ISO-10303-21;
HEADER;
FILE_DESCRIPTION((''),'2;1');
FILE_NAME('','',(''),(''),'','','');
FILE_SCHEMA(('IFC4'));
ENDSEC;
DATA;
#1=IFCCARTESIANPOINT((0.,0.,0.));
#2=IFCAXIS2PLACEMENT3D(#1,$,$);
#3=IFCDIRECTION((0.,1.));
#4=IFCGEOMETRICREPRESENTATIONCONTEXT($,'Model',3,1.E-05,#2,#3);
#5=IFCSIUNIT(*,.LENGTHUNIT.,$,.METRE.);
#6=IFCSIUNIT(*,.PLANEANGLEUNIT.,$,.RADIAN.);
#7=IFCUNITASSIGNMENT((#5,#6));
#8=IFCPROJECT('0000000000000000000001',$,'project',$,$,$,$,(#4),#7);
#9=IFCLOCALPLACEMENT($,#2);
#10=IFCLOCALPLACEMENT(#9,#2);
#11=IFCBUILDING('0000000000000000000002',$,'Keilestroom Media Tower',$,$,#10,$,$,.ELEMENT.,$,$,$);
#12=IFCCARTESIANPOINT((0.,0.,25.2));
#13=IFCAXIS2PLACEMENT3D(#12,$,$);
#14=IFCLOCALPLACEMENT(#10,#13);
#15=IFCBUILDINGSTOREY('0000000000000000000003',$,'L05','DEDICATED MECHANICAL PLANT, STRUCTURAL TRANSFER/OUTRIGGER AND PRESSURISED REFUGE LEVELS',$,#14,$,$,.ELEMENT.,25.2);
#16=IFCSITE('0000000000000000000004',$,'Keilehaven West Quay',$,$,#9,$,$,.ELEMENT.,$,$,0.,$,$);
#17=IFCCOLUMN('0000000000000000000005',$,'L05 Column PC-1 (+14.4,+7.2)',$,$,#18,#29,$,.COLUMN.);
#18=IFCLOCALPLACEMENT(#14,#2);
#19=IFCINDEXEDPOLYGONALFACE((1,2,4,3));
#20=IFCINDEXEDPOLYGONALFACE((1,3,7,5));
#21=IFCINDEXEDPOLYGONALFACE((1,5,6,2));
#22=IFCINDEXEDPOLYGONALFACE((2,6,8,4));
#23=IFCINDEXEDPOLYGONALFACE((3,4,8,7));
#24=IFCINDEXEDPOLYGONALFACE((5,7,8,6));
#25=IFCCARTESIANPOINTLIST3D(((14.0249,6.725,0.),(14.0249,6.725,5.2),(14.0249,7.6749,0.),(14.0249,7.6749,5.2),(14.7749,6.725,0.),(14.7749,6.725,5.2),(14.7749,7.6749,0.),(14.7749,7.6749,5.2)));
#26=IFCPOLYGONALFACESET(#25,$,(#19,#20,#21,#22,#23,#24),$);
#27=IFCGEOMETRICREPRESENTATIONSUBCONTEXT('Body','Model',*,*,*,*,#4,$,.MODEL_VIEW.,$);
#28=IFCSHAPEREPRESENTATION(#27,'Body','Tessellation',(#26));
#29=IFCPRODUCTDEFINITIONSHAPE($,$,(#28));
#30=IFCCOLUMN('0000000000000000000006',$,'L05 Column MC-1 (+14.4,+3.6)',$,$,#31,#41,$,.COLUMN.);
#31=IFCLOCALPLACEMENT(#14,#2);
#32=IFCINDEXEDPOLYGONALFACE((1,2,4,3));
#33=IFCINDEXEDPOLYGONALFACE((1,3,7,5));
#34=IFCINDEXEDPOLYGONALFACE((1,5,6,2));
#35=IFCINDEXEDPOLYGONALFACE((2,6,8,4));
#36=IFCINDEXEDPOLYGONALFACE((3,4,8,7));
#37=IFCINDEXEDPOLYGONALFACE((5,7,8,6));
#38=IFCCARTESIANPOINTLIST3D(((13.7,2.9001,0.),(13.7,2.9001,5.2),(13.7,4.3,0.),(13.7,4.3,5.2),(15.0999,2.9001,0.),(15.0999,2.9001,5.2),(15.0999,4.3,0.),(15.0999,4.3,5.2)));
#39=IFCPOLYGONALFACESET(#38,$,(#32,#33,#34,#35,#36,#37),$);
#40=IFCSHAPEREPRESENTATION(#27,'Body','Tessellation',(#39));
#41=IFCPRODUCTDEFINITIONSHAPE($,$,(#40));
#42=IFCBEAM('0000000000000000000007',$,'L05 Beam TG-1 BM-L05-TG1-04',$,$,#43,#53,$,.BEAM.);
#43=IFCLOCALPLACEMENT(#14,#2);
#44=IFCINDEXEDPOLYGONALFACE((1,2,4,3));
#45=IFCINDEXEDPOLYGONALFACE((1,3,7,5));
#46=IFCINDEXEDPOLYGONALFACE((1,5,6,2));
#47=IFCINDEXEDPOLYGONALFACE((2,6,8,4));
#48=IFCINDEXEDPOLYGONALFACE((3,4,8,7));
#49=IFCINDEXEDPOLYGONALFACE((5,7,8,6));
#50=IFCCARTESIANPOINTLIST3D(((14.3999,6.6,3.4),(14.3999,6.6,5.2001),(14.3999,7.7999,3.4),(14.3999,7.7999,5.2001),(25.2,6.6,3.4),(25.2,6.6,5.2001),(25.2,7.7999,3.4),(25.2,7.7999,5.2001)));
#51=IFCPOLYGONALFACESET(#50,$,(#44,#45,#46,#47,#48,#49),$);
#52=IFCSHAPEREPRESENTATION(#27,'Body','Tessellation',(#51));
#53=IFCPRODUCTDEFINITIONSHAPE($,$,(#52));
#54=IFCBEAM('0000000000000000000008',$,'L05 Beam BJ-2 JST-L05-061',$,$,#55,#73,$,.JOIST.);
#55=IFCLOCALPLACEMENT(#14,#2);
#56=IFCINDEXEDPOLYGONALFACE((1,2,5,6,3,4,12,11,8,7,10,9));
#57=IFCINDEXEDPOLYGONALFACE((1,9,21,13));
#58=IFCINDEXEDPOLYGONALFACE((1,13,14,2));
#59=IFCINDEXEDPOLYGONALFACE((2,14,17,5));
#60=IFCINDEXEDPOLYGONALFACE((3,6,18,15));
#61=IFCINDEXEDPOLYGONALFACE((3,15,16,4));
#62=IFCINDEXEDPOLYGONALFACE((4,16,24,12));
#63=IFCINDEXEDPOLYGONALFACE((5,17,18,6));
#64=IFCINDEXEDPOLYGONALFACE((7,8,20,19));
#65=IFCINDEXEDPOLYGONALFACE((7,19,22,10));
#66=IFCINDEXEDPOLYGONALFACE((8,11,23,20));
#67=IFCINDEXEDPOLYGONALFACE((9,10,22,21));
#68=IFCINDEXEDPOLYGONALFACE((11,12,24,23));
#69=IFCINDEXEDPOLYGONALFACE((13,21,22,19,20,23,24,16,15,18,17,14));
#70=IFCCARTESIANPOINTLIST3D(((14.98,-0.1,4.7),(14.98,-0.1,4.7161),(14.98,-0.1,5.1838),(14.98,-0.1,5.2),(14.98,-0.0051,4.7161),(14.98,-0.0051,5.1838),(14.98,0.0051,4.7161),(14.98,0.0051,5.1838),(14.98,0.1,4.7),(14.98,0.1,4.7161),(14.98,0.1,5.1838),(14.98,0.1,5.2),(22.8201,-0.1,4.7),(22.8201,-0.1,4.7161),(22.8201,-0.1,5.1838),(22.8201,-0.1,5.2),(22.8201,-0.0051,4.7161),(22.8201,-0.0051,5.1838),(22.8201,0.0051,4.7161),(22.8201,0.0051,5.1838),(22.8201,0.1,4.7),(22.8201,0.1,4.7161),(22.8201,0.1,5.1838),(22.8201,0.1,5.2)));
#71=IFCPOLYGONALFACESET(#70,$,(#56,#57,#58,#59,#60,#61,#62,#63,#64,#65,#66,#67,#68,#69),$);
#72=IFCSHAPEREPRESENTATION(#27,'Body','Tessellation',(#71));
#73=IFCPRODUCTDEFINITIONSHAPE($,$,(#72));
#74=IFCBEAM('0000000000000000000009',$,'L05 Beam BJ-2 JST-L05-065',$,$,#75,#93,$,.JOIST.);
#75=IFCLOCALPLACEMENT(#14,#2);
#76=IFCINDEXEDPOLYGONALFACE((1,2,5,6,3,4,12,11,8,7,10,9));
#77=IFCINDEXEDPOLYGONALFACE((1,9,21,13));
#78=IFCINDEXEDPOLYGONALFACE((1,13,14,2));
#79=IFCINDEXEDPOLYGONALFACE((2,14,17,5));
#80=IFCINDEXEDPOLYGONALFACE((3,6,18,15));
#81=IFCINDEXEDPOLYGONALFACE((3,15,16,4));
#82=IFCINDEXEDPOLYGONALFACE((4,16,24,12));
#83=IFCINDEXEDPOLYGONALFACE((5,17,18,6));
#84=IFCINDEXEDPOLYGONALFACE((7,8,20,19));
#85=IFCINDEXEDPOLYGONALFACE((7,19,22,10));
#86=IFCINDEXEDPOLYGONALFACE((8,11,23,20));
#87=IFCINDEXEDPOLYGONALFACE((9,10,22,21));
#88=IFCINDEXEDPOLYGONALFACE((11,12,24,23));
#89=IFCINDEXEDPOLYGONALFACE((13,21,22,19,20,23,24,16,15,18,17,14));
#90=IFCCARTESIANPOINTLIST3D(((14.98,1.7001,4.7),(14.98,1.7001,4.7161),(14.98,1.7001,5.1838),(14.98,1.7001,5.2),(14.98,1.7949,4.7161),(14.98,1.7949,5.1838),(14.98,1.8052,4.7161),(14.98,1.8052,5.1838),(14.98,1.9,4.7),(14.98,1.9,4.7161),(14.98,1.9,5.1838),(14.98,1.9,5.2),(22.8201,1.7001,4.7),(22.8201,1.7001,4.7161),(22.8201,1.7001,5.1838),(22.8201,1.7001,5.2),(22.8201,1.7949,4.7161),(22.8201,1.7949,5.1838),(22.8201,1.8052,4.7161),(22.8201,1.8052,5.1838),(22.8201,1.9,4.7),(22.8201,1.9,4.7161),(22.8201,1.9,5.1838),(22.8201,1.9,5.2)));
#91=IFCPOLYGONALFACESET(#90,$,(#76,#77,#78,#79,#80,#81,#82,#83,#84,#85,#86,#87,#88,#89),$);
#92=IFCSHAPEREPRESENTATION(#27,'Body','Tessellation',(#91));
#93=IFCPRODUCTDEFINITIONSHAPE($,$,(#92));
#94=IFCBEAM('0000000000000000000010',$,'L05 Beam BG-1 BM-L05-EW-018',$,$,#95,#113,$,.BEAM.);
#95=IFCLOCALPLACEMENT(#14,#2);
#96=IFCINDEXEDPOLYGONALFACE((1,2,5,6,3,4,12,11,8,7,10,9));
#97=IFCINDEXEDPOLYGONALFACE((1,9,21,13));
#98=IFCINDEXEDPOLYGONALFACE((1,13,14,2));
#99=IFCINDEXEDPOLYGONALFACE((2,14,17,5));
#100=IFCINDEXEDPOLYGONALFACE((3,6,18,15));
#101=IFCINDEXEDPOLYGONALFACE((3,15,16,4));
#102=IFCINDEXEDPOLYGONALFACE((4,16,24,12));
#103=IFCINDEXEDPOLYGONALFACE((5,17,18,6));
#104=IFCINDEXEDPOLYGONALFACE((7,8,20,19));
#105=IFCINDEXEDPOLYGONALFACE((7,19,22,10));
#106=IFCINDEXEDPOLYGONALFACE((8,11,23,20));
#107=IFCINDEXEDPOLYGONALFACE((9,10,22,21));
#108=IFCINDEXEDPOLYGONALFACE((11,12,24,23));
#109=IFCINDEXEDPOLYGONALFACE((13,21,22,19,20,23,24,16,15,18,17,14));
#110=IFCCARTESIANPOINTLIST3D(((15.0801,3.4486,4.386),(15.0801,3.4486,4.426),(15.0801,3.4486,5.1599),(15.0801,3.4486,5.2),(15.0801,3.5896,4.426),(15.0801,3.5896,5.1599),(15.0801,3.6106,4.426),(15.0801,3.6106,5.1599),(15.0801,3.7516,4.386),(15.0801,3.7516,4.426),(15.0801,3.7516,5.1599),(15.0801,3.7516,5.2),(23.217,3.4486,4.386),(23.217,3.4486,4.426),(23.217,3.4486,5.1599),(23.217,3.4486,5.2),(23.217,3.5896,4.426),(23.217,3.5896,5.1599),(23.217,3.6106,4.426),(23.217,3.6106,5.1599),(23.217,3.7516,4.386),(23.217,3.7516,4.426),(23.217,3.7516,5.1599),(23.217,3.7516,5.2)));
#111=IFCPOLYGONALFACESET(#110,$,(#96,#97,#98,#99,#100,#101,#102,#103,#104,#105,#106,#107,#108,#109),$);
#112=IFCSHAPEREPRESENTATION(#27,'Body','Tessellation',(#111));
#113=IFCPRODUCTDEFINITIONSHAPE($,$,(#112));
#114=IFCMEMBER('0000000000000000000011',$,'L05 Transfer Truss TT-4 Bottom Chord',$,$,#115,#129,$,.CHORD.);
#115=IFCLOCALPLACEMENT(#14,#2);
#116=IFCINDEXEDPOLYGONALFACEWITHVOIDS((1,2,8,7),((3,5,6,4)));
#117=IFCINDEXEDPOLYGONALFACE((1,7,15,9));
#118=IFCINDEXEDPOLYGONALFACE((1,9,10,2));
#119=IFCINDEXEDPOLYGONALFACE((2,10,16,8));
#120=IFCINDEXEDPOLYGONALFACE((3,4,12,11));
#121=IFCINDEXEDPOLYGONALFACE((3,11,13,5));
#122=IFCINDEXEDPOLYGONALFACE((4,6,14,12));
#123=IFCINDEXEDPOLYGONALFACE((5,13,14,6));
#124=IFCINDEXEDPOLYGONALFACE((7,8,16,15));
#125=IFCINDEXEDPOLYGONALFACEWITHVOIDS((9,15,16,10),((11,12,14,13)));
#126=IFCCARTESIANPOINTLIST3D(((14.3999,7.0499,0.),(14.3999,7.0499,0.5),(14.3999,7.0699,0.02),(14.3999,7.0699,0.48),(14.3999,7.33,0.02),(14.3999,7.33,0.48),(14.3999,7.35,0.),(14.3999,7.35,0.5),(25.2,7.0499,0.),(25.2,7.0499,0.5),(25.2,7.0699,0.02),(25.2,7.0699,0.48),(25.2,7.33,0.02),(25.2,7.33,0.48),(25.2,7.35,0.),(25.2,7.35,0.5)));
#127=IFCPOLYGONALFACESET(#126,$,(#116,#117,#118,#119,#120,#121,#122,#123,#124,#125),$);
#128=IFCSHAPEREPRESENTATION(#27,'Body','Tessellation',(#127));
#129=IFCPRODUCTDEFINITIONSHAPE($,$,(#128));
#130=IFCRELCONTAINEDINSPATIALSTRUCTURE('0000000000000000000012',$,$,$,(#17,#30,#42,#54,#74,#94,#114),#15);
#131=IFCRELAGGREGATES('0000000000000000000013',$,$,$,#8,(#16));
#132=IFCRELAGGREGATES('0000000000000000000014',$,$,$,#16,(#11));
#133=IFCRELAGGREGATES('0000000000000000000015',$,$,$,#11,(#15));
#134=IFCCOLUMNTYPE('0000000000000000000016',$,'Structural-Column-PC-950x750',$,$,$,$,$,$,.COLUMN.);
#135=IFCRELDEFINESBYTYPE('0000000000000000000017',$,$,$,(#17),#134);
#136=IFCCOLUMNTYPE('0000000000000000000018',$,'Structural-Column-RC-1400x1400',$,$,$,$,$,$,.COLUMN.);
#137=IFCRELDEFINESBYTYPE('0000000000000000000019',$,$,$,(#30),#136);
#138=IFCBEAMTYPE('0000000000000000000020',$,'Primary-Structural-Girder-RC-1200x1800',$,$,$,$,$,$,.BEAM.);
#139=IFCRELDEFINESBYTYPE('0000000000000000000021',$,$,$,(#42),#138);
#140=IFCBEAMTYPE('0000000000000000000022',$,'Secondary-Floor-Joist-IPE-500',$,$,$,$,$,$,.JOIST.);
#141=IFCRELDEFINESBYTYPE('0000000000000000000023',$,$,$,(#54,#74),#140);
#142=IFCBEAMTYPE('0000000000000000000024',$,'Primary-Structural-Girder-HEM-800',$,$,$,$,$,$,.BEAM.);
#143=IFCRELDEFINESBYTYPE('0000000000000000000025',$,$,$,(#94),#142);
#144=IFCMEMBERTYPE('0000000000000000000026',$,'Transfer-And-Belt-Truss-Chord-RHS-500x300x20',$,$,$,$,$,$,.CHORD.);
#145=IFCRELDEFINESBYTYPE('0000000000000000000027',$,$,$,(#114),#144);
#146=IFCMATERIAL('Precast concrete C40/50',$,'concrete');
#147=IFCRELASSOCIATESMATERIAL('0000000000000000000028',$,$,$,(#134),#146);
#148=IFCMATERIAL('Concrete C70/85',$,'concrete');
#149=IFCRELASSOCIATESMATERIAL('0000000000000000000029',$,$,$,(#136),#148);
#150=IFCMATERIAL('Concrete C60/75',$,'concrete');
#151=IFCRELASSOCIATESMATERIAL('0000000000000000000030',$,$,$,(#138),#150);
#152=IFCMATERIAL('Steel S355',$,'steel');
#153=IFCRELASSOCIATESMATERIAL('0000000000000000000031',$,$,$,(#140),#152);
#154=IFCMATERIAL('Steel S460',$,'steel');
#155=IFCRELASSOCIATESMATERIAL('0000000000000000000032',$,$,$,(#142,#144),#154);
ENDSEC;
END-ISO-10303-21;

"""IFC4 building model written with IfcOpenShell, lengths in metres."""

from ifc_helpers import new_model, si_unit, direction, frame, origin, origin_2d, place, context, subcontext, project, spatial, rectangle, hollow_rectangle, i_section, extrude, source, transform, mapped, material, material_profile, profile_set, type_object, element, save


model = new_model("IFC4")

# Units and contexts
model_context = context("Model", 3, precision=1e-05, world=origin(), true_north=direction((0.0, 1.0)))
body_context = subcontext(model_context, "Body", "Model", "MODEL_VIEW")
ifc_project = project(units=[si_unit("LENGTHUNIT", "METRE"), si_unit("PLANEANGLEUNIT", "RADIAN")], contexts=[model_context])

# Site, building, storey
site_placement = place(None, origin())
site = spatial("IfcSite", under=ifc_project, at=site_placement, Name="Keilehaven West Quay", CompositionType="ELEMENT", RefElevation=0.0)
building_placement = place(site_placement, origin())
building = spatial("IfcBuilding", under=site, at=building_placement, Name="Keilestroom Media Tower", CompositionType="ELEMENT")
storey_placement = place(building_placement, frame((0.0, 0.0, 25.2)))
storey = spatial("IfcBuildingStorey", under=building, at=storey_placement, Name="L05", Description="DEDICATED MECHANICAL PLANT, STRUCTURAL TRANSFER/OUTRIGGER AND PRESSURISED REFUGE LEVELS", CompositionType="ELEMENT", Elevation=25.2)

# Columns
ifc_material_1 = material(Name="Precast concrete C40/50", Category="concrete")
ifc_material_profile_1 = material_profile(ifc_material_1, rectangle(XDim=0.75, YDim=0.95, at=origin_2d()), Name="PC 950x750")
ifc_profile_set_1 = profile_set([ifc_material_profile_1], Name="Precast concrete C40/50")
column_type_1 = type_object("IfcColumnType", Name="Structural-Column-PC-950x750", PredefinedType="COLUMN", material=ifc_profile_set_1)
shared_shape_1 = source(origin(), body_context, "Body", "SweptSolid", [
    extrude(rectangle(XDim=0.75, YDim=0.95, at=origin_2d()), origin(), (0.0, 0.0, 1.0), 5.2),
])
column_1_placement = place(storey_placement, frame((14.3999, 7.2, 0.0), z_axis=(0.0, 0.0, 1.0), x_axis=(1.0, 0.0, 0.0)))
element("IfcColumn", 1, at=column_1_placement, inside=storey, type_object=column_type_1, Name="L05 Column PC-1 (+14.4,+7.2)", PredefinedType="COLUMN", context=body_context, shape_type="MappedRepresentation", body=[
    mapped(shared_shape_1, transform((0.0, 0.0, 0.0), x_axis=(1.0, 0.0, 0.0), y_axis=(0.0, 1.0, 0.0), z_axis=(0.0, 0.0, 1.0), scale=1.0)),
])
ifc_material_2 = material(Name="Concrete C70/85", Category="concrete")
ifc_material_profile_2 = material_profile(ifc_material_2, rectangle(XDim=1.3999, YDim=1.3999, at=origin_2d()), Name="RC 1400x1400")
ifc_profile_set_2 = profile_set([ifc_material_profile_2], Name="Concrete C70/85")
column_type_2 = type_object("IfcColumnType", Name="Structural-Column-RC-1400x1400", PredefinedType="COLUMN", material=ifc_profile_set_2)
shared_shape_2 = source(origin(), body_context, "Body", "SweptSolid", [
    extrude(rectangle(XDim=1.3999, YDim=1.3999, at=origin_2d()), origin(), (0.0, 0.0, 1.0), 5.2),
])
column_2_placement = place(storey_placement, frame((14.3999, 3.6001, 0.0), z_axis=(0.0, 0.0, 1.0), x_axis=(1.0, 0.0, 0.0)))
element("IfcColumn", 2, at=column_2_placement, inside=storey, type_object=column_type_2, Name="L05 Column MC-1 (+14.4,+3.6)", PredefinedType="COLUMN", context=body_context, shape_type="MappedRepresentation", body=[
    mapped(shared_shape_2, transform((0.0, 0.0, 0.0), x_axis=(1.0, 0.0, 0.0), y_axis=(0.0, 1.0, 0.0), z_axis=(0.0, 0.0, 1.0), scale=1.0)),
])

# Beams
ifc_material_3 = material(Name="Concrete C60/75", Category="concrete")
ifc_material_profile_3 = material_profile(ifc_material_3, rectangle(XDim=1.2, YDim=1.8, at=origin_2d()), Name="RC 1200x1800")
ifc_profile_set_3 = profile_set([ifc_material_profile_3], Name="Concrete C60/75")
beam_type_1 = type_object("IfcBeamType", Name="Primary-Structural-Girder-RC-1200x1800", PredefinedType="BEAM", material=ifc_profile_set_3)
shared_shape_3 = source(origin(), body_context, "Body", "SweptSolid", [
    extrude(rectangle(XDim=1.2, YDim=1.8, at=origin_2d()), origin(), (0.0, 0.0, 1.0), 10.8),
])
beam_1_placement = place(storey_placement, frame((14.3999, 7.2, 4.3), z_axis=(1.0, 0.0, 0.0), x_axis=(0.0, 1.0, 0.0)))
element("IfcBeam", 3, at=beam_1_placement, inside=storey, type_object=beam_type_1, Name="L05 Beam TG-1 BM-L05-TG1-04", PredefinedType="BEAM", context=body_context, shape_type="MappedRepresentation", body=[
    mapped(shared_shape_3, transform((0.0, 0.0, 0.0), x_axis=(1.0, 0.0, 0.0), y_axis=(0.0, 1.0, 0.0), z_axis=(0.0, 0.0, 1.0), scale=1.0)),
])
ifc_material_4 = material(Name="Steel S355", Category="steel")
ifc_material_profile_4 = material_profile(ifc_material_4, i_section(OverallWidth=0.2, OverallDepth=0.5, WebThickness=0.0103, FlangeThickness=0.0161, at=origin_2d()), Name="IPE 500")
ifc_profile_set_4 = profile_set([ifc_material_profile_4], Name="Steel S355")
beam_type_2 = type_object("IfcBeamType", Name="Secondary-Floor-Joist-IPE-500", PredefinedType="JOIST", material=ifc_profile_set_4)
shared_shape_4 = source(origin(), body_context, "Body", "SweptSolid", [
    extrude(i_section(OverallWidth=0.2, OverallDepth=0.5, WebThickness=0.0103, FlangeThickness=0.0161, at=origin_2d()), origin(), (0.0, 0.0, 1.0), 7.8401),
])
for number, where, z_axis, x_axis, name in (
    (4, (14.98, 0.0, 4.95), (1.0, 0.0, 0.0), (0.0, 1.0, 0.0), "L05 Beam BJ-2 JST-L05-061"),
    (5, (14.98, 1.8, 4.95), (1.0, 0.0, 0.0), (0.0, 1.0, 0.0), "L05 Beam BJ-2 JST-L05-065"),
):
    element("IfcBeam", number, at=place(storey_placement, frame(where, z_axis=z_axis, x_axis=x_axis)), inside=storey, type_object=beam_type_2, Name=name, PredefinedType="JOIST", context=body_context, shape_type="MappedRepresentation", body=[
        mapped(shared_shape_4, transform((0.0, 0.0, 0.0), x_axis=(1.0, 0.0, 0.0), y_axis=(0.0, 1.0, 0.0), z_axis=(0.0, 0.0, 1.0), scale=1.0)),
    ])
ifc_material_5 = material(Name="Steel S460", Category="steel")
ifc_material_profile_5 = material_profile(ifc_material_5, i_section(OverallWidth=0.303, OverallDepth=0.814, WebThickness=0.021, FlangeThickness=0.04, at=origin_2d()), Name="HEM 800")
ifc_profile_set_5 = profile_set([ifc_material_profile_5], Name="Steel S460")
beam_type_3 = type_object("IfcBeamType", Name="Primary-Structural-Girder-HEM-800", PredefinedType="BEAM", material=ifc_profile_set_5)
shared_shape_5 = source(origin(), body_context, "Body", "SweptSolid", [
    extrude(i_section(OverallWidth=0.303, OverallDepth=0.814, WebThickness=0.021, FlangeThickness=0.04, at=origin_2d()), origin(), (0.0, 0.0, 1.0), 8.137),
])
beam_2_placement = place(storey_placement, frame((15.0801, 3.6001, 4.793), z_axis=(1.0, 0.0, 0.0), x_axis=(0.0, 1.0, 0.0)))
element("IfcBeam", 6, at=beam_2_placement, inside=storey, type_object=beam_type_3, Name="L05 Beam BG-1 BM-L05-EW-018", PredefinedType="BEAM", context=body_context, shape_type="MappedRepresentation", body=[
    mapped(shared_shape_5, transform((0.0, 0.0, 0.0), x_axis=(1.0, 0.0, 0.0), y_axis=(0.0, 1.0, 0.0), z_axis=(0.0, 0.0, 1.0), scale=1.0)),
])

# Member
ifc_material_profile_6 = material_profile(ifc_material_5, hollow_rectangle(XDim=0.3, YDim=0.5, WallThickness=0.02, at=origin_2d()), Name="RHS 500x300x20")
ifc_profile_set_6 = profile_set([ifc_material_profile_6], Name="Steel S460")
member_type_1 = type_object("IfcMemberType", Name="Transfer-And-Belt-Truss-Chord-RHS-500x300x20", PredefinedType="CHORD", material=ifc_profile_set_6)
shared_shape_6 = source(origin(), body_context, "Body", "SweptSolid", [
    extrude(hollow_rectangle(XDim=0.3, YDim=0.5, WallThickness=0.02, at=origin_2d()), origin(), (0.0, 0.0, 1.0), 10.8),
])
member_1_placement = place(storey_placement, frame((14.3999, 7.2, 0.25), z_axis=(1.0, 0.0, 0.0), x_axis=(0.0, 1.0, 0.0)))
element("IfcMember", 7, at=member_1_placement, inside=storey, type_object=member_type_1, Name="L05 Transfer Truss TT-4 Bottom Chord", PredefinedType="CHORD", context=body_context, shape_type="MappedRepresentation", body=[
    mapped(shared_shape_6, transform((0.0, 0.0, 0.0), x_axis=(1.0, 0.0, 0.0), y_axis=(0.0, 1.0, 0.0), z_axis=(0.0, 0.0, 1.0), scale=1.0)),
])

save(model, "model.ifc")
